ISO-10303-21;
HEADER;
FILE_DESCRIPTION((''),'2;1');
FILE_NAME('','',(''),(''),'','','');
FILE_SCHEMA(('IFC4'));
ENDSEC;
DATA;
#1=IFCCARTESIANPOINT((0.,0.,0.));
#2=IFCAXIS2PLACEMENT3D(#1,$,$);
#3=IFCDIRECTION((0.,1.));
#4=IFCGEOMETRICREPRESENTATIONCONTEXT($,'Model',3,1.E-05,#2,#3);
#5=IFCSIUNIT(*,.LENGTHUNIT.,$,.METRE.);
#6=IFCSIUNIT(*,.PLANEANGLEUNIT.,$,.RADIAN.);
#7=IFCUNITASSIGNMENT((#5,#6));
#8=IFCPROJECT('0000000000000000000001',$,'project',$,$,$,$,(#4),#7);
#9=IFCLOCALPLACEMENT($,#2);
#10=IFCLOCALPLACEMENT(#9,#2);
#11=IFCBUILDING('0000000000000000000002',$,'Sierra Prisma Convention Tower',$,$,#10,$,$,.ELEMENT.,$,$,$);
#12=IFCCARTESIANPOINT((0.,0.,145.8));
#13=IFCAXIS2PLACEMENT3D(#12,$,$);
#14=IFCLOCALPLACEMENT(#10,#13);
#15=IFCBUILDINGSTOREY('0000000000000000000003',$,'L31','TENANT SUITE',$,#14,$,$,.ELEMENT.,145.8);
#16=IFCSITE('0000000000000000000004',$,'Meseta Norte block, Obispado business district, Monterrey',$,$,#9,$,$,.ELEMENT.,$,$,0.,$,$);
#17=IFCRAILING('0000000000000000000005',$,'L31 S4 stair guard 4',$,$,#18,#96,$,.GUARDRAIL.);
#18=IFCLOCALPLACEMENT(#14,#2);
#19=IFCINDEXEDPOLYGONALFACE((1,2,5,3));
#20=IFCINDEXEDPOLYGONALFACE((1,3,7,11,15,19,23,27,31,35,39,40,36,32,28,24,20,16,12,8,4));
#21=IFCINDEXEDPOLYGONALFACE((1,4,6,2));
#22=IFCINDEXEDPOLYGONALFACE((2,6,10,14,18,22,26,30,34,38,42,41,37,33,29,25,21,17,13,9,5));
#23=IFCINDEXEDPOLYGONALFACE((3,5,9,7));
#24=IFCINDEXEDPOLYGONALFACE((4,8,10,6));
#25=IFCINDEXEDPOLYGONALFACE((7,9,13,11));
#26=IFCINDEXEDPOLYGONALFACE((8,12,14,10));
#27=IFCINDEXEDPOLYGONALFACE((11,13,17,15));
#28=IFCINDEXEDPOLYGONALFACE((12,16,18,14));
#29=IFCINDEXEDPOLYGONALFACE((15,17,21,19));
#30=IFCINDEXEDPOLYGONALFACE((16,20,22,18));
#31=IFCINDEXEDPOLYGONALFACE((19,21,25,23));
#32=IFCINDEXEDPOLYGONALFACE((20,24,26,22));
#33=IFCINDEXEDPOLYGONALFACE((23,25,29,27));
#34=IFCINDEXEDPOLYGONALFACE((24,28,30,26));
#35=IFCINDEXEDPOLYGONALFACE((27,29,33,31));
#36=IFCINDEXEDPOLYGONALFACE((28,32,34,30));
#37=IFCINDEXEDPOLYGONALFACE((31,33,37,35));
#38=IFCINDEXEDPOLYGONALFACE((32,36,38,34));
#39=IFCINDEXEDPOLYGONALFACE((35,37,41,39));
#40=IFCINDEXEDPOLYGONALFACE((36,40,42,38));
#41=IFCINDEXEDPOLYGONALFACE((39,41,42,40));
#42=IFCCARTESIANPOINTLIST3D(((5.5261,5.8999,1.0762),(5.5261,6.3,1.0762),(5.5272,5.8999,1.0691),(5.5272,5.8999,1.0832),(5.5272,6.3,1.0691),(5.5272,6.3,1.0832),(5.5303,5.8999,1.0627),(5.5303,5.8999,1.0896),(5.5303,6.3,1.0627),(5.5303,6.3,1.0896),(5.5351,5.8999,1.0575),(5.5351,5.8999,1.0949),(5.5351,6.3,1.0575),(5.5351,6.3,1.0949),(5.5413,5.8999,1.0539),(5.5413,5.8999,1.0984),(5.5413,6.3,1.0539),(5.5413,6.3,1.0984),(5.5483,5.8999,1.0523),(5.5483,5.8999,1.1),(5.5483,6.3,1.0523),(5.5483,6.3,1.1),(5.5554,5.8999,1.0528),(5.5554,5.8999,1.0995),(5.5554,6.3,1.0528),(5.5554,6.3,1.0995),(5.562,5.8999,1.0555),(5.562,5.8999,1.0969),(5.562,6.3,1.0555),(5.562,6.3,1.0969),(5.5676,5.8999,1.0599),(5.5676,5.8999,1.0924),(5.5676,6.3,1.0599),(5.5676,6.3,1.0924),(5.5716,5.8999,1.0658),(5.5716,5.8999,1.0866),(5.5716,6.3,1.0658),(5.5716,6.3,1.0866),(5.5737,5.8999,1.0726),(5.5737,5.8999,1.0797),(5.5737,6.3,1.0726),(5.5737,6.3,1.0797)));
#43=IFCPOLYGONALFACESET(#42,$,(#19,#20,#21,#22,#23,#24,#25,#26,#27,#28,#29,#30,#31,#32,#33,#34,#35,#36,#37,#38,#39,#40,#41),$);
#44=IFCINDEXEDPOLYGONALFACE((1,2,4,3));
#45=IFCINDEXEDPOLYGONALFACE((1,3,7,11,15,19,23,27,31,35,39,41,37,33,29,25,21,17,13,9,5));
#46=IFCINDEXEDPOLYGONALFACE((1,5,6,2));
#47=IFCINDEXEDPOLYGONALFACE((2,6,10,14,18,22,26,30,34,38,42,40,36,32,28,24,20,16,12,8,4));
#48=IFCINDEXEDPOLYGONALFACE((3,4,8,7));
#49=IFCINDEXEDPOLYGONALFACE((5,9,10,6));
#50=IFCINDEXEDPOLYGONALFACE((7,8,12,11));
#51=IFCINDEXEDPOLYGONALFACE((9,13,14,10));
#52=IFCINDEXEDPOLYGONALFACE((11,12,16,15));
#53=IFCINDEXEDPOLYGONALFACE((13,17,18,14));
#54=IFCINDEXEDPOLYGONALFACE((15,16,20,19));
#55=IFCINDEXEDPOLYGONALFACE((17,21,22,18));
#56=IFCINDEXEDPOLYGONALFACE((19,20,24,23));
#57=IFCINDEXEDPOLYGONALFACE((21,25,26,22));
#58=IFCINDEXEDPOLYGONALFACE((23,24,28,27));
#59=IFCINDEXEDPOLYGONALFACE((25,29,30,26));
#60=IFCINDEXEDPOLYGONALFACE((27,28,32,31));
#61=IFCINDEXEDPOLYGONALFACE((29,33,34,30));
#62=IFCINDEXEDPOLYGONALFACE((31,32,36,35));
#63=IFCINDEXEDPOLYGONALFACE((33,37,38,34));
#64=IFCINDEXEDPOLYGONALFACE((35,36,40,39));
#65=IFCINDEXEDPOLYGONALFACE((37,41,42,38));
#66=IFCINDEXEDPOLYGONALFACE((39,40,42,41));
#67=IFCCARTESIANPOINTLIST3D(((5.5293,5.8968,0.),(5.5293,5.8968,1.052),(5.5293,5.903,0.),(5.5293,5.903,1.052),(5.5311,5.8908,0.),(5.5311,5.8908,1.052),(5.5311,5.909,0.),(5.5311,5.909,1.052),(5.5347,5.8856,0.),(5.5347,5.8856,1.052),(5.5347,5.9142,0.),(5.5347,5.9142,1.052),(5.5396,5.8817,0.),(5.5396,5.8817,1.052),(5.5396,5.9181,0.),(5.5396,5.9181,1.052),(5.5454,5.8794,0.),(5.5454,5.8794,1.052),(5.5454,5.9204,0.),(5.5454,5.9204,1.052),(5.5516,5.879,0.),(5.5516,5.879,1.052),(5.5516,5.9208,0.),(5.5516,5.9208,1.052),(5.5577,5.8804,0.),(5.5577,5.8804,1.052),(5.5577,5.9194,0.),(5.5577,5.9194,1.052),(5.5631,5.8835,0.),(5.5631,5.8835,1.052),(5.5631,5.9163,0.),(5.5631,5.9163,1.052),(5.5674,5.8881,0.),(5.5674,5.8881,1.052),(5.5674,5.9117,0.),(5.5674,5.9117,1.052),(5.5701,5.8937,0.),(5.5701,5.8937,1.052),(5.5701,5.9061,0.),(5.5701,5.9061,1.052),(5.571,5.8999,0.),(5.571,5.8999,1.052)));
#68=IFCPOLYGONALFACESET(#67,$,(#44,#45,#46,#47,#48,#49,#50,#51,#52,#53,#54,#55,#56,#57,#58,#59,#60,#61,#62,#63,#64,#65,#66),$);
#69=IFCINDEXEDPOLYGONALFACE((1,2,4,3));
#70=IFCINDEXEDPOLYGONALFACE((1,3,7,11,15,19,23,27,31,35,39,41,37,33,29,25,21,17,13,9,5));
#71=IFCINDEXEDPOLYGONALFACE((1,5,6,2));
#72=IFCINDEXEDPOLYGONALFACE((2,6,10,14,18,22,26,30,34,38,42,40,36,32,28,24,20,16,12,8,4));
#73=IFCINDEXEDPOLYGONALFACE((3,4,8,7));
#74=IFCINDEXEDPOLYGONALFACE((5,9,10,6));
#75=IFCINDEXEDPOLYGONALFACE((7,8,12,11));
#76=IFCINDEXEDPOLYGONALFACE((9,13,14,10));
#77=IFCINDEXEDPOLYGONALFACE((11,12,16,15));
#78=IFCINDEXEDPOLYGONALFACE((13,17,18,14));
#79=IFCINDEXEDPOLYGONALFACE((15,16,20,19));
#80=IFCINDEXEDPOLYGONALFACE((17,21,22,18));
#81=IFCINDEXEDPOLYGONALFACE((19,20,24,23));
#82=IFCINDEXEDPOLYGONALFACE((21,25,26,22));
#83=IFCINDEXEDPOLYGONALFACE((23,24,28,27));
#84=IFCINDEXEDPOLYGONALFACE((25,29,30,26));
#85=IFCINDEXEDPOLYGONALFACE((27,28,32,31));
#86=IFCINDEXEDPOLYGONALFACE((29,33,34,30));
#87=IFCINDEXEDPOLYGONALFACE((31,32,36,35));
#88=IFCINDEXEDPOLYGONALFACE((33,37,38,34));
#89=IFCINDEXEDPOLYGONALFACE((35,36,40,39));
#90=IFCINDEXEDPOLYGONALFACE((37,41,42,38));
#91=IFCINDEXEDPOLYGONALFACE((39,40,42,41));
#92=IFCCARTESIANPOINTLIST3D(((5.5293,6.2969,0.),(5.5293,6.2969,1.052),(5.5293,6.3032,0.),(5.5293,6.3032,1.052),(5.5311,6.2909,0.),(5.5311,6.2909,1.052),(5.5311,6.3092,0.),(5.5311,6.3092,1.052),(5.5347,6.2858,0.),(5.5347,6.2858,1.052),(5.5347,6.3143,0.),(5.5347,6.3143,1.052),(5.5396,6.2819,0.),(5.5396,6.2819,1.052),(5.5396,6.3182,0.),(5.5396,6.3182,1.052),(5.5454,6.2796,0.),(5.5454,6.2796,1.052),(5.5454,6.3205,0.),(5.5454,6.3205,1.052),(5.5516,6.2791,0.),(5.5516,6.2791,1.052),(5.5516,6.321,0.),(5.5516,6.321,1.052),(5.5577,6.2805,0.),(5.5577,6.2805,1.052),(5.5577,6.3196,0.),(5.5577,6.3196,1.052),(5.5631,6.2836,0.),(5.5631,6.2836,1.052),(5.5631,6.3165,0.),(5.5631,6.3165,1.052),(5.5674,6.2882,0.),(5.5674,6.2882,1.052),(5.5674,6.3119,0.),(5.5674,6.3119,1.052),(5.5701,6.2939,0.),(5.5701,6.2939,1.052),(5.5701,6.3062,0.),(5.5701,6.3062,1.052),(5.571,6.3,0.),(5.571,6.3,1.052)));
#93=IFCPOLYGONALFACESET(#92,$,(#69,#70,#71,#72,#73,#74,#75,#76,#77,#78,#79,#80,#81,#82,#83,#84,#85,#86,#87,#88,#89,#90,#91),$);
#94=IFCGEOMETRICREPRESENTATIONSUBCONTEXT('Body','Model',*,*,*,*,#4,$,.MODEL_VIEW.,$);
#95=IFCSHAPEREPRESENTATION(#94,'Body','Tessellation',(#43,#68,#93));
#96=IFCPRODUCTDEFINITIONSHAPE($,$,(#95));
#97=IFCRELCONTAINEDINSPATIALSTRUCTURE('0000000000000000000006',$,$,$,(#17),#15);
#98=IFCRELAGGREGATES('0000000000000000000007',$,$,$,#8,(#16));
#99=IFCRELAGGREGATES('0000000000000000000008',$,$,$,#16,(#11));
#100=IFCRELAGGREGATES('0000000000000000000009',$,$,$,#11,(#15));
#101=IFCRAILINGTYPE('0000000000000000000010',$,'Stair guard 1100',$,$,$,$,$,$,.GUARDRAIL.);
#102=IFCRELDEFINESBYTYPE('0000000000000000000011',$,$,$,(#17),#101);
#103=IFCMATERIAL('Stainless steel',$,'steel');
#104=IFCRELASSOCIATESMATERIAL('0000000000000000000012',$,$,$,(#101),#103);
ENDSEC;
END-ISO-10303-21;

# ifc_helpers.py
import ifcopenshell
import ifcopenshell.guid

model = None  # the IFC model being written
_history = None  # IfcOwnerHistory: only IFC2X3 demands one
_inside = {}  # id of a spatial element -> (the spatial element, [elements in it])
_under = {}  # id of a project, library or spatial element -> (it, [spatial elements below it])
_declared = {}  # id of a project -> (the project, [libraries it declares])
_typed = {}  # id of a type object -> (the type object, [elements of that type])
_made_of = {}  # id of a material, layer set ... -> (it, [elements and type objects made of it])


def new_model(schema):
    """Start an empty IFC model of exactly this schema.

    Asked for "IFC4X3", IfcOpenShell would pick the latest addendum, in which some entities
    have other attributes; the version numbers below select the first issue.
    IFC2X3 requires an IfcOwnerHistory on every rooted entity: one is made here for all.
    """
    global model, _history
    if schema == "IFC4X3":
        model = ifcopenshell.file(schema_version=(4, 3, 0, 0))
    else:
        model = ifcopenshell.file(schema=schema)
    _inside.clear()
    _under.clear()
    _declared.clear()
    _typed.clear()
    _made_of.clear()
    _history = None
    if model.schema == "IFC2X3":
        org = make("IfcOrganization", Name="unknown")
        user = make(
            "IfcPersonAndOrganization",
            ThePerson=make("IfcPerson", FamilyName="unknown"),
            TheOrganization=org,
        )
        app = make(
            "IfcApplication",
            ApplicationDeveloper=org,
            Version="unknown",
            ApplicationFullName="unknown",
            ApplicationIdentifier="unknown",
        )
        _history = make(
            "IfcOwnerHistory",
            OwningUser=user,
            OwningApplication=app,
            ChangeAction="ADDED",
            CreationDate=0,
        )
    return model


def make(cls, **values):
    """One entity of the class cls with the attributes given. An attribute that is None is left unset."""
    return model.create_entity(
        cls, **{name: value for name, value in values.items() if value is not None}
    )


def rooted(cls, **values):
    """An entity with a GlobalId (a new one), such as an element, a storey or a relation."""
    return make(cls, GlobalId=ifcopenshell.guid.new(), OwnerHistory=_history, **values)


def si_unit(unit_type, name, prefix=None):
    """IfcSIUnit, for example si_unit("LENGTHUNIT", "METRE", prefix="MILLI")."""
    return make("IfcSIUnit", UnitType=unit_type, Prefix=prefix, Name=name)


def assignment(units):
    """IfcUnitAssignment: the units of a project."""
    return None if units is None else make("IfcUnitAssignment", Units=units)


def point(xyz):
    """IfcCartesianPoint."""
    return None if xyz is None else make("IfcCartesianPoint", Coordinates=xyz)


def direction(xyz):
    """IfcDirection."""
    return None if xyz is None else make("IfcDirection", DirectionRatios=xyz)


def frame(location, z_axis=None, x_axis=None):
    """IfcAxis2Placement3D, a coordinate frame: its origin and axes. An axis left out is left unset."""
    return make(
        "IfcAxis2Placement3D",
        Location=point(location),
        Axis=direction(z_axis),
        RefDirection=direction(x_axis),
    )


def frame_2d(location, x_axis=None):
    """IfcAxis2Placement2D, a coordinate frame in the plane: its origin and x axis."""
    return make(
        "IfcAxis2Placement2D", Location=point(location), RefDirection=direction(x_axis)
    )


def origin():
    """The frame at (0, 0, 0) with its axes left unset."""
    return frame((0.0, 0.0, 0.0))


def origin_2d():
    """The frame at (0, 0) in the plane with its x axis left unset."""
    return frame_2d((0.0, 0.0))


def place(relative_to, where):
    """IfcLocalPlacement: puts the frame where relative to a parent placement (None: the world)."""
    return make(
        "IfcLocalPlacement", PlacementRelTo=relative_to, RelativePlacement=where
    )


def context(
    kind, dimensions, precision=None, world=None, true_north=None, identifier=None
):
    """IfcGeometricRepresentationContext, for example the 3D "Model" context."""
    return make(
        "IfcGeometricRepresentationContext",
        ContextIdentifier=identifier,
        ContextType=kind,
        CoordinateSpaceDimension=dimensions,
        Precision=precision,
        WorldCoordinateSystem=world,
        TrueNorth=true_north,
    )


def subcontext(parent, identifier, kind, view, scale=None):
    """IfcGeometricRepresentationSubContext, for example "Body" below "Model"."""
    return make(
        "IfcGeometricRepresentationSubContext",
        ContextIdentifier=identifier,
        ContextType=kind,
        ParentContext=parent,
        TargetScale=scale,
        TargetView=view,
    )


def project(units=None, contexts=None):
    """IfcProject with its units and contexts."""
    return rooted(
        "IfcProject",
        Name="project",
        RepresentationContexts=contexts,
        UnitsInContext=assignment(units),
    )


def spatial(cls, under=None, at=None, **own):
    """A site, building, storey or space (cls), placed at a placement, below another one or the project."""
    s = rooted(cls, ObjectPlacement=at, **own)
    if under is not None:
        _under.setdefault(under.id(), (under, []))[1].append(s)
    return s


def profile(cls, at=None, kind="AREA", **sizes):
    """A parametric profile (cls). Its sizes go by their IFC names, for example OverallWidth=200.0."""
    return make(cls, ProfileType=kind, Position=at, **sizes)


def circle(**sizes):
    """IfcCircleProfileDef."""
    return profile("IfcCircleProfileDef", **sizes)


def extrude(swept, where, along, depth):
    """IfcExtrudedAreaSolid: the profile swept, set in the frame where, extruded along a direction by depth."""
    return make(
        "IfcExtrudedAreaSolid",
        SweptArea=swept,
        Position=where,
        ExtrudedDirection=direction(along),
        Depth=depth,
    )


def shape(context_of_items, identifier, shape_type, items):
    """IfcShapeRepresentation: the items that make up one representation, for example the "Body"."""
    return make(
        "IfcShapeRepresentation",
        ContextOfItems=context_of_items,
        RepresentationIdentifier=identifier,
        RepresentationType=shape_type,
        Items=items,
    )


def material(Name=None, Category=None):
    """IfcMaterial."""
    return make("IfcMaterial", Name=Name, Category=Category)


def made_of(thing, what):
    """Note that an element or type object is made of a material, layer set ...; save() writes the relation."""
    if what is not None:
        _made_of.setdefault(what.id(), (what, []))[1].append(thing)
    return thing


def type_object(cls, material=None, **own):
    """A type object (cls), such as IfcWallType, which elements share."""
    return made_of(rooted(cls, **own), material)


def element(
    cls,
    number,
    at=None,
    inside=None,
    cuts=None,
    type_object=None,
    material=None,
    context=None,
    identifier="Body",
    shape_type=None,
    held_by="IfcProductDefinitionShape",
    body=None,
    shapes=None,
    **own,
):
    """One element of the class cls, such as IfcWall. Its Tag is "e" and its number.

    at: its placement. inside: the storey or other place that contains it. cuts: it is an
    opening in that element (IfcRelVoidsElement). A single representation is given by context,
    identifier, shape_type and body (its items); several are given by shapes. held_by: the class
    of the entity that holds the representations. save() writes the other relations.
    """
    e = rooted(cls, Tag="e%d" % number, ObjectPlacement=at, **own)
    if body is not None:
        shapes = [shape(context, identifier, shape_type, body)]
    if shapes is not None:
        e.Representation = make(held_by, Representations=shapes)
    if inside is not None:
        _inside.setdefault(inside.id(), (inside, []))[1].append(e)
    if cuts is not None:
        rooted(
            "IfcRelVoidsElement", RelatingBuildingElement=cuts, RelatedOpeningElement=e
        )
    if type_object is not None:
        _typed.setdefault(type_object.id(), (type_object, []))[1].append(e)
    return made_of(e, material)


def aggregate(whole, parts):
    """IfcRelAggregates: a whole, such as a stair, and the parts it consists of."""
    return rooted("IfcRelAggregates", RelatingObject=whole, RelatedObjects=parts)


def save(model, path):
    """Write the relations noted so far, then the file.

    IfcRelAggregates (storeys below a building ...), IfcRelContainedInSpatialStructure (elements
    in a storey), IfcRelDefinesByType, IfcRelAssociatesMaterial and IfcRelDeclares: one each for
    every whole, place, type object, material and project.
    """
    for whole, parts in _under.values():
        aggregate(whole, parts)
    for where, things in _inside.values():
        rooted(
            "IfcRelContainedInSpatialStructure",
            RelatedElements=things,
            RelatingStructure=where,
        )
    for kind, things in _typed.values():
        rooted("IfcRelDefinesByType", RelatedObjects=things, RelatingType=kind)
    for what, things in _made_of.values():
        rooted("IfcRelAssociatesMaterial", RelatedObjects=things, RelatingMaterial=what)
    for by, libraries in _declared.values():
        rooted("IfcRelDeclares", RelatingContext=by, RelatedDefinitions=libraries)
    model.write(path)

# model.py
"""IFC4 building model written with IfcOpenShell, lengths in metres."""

from ifc_helpers import new_model, si_unit, direction, frame, origin, origin_2d, place, context, subcontext, project, spatial, circle, extrude, material, type_object, element, save


model = new_model("IFC4")

# Units and contexts
model_context = context("Model", 3, precision=1e-05, world=origin(), true_north=direction((0.0, 1.0)))
body_context = subcontext(model_context, "Body", "Model", "MODEL_VIEW")
ifc_project = project(units=[si_unit("LENGTHUNIT", "METRE"), si_unit("PLANEANGLEUNIT", "RADIAN")], contexts=[model_context])

# Site, building, storey
site_placement = place(None, origin())
site = spatial("IfcSite", under=ifc_project, at=site_placement, Name="Meseta Norte block, Obispado business district, Monterrey", CompositionType="ELEMENT", RefElevation=0.0)
building_placement = place(site_placement, origin())
building = spatial("IfcBuilding", under=site, at=building_placement, Name="Sierra Prisma Convention Tower", CompositionType="ELEMENT")
storey_placement = place(building_placement, frame((0.0, 0.0, 145.8)))
storey = spatial("IfcBuildingStorey", under=building, at=storey_placement, Name="L31", Description="TENANT SUITE", CompositionType="ELEMENT", Elevation=145.8)

# Railing
ifc_material_1 = material(Name="Stainless steel", Category="steel")
railing_type_1 = type_object("IfcRailingType", Name="Stair guard 1100", PredefinedType="GUARDRAIL", material=ifc_material_1)
railing_1_placement = place(storey_placement, frame((5.55, 5.8999, 0.0)))
element("IfcRailing", 1, at=railing_1_placement, inside=storey, type_object=railing_type_1, Name="L31 S4 stair guard 4", PredefinedType="GUARDRAIL", context=body_context, shape_type="SweptSolid", body=[
    extrude(circle(Radius=0.0239, at=origin_2d()), frame((0.0, 0.0, 1.0762), z_axis=(0.0, 1.0, 0.0), x_axis=(-1.0, 0.0, 0.0)), (0.0, 0.0, 1.0), 0.4001),
    extrude(circle(Radius=0.021, at=origin_2d()), origin(), (0.0, 0.0, 1.0), 1.052),
    extrude(circle(Radius=0.021, at=origin_2d()), frame((0.0, 0.4001, 0.0)), (0.0, 0.0, 1.0), 1.052),
])

save(model, "model.ifc")
